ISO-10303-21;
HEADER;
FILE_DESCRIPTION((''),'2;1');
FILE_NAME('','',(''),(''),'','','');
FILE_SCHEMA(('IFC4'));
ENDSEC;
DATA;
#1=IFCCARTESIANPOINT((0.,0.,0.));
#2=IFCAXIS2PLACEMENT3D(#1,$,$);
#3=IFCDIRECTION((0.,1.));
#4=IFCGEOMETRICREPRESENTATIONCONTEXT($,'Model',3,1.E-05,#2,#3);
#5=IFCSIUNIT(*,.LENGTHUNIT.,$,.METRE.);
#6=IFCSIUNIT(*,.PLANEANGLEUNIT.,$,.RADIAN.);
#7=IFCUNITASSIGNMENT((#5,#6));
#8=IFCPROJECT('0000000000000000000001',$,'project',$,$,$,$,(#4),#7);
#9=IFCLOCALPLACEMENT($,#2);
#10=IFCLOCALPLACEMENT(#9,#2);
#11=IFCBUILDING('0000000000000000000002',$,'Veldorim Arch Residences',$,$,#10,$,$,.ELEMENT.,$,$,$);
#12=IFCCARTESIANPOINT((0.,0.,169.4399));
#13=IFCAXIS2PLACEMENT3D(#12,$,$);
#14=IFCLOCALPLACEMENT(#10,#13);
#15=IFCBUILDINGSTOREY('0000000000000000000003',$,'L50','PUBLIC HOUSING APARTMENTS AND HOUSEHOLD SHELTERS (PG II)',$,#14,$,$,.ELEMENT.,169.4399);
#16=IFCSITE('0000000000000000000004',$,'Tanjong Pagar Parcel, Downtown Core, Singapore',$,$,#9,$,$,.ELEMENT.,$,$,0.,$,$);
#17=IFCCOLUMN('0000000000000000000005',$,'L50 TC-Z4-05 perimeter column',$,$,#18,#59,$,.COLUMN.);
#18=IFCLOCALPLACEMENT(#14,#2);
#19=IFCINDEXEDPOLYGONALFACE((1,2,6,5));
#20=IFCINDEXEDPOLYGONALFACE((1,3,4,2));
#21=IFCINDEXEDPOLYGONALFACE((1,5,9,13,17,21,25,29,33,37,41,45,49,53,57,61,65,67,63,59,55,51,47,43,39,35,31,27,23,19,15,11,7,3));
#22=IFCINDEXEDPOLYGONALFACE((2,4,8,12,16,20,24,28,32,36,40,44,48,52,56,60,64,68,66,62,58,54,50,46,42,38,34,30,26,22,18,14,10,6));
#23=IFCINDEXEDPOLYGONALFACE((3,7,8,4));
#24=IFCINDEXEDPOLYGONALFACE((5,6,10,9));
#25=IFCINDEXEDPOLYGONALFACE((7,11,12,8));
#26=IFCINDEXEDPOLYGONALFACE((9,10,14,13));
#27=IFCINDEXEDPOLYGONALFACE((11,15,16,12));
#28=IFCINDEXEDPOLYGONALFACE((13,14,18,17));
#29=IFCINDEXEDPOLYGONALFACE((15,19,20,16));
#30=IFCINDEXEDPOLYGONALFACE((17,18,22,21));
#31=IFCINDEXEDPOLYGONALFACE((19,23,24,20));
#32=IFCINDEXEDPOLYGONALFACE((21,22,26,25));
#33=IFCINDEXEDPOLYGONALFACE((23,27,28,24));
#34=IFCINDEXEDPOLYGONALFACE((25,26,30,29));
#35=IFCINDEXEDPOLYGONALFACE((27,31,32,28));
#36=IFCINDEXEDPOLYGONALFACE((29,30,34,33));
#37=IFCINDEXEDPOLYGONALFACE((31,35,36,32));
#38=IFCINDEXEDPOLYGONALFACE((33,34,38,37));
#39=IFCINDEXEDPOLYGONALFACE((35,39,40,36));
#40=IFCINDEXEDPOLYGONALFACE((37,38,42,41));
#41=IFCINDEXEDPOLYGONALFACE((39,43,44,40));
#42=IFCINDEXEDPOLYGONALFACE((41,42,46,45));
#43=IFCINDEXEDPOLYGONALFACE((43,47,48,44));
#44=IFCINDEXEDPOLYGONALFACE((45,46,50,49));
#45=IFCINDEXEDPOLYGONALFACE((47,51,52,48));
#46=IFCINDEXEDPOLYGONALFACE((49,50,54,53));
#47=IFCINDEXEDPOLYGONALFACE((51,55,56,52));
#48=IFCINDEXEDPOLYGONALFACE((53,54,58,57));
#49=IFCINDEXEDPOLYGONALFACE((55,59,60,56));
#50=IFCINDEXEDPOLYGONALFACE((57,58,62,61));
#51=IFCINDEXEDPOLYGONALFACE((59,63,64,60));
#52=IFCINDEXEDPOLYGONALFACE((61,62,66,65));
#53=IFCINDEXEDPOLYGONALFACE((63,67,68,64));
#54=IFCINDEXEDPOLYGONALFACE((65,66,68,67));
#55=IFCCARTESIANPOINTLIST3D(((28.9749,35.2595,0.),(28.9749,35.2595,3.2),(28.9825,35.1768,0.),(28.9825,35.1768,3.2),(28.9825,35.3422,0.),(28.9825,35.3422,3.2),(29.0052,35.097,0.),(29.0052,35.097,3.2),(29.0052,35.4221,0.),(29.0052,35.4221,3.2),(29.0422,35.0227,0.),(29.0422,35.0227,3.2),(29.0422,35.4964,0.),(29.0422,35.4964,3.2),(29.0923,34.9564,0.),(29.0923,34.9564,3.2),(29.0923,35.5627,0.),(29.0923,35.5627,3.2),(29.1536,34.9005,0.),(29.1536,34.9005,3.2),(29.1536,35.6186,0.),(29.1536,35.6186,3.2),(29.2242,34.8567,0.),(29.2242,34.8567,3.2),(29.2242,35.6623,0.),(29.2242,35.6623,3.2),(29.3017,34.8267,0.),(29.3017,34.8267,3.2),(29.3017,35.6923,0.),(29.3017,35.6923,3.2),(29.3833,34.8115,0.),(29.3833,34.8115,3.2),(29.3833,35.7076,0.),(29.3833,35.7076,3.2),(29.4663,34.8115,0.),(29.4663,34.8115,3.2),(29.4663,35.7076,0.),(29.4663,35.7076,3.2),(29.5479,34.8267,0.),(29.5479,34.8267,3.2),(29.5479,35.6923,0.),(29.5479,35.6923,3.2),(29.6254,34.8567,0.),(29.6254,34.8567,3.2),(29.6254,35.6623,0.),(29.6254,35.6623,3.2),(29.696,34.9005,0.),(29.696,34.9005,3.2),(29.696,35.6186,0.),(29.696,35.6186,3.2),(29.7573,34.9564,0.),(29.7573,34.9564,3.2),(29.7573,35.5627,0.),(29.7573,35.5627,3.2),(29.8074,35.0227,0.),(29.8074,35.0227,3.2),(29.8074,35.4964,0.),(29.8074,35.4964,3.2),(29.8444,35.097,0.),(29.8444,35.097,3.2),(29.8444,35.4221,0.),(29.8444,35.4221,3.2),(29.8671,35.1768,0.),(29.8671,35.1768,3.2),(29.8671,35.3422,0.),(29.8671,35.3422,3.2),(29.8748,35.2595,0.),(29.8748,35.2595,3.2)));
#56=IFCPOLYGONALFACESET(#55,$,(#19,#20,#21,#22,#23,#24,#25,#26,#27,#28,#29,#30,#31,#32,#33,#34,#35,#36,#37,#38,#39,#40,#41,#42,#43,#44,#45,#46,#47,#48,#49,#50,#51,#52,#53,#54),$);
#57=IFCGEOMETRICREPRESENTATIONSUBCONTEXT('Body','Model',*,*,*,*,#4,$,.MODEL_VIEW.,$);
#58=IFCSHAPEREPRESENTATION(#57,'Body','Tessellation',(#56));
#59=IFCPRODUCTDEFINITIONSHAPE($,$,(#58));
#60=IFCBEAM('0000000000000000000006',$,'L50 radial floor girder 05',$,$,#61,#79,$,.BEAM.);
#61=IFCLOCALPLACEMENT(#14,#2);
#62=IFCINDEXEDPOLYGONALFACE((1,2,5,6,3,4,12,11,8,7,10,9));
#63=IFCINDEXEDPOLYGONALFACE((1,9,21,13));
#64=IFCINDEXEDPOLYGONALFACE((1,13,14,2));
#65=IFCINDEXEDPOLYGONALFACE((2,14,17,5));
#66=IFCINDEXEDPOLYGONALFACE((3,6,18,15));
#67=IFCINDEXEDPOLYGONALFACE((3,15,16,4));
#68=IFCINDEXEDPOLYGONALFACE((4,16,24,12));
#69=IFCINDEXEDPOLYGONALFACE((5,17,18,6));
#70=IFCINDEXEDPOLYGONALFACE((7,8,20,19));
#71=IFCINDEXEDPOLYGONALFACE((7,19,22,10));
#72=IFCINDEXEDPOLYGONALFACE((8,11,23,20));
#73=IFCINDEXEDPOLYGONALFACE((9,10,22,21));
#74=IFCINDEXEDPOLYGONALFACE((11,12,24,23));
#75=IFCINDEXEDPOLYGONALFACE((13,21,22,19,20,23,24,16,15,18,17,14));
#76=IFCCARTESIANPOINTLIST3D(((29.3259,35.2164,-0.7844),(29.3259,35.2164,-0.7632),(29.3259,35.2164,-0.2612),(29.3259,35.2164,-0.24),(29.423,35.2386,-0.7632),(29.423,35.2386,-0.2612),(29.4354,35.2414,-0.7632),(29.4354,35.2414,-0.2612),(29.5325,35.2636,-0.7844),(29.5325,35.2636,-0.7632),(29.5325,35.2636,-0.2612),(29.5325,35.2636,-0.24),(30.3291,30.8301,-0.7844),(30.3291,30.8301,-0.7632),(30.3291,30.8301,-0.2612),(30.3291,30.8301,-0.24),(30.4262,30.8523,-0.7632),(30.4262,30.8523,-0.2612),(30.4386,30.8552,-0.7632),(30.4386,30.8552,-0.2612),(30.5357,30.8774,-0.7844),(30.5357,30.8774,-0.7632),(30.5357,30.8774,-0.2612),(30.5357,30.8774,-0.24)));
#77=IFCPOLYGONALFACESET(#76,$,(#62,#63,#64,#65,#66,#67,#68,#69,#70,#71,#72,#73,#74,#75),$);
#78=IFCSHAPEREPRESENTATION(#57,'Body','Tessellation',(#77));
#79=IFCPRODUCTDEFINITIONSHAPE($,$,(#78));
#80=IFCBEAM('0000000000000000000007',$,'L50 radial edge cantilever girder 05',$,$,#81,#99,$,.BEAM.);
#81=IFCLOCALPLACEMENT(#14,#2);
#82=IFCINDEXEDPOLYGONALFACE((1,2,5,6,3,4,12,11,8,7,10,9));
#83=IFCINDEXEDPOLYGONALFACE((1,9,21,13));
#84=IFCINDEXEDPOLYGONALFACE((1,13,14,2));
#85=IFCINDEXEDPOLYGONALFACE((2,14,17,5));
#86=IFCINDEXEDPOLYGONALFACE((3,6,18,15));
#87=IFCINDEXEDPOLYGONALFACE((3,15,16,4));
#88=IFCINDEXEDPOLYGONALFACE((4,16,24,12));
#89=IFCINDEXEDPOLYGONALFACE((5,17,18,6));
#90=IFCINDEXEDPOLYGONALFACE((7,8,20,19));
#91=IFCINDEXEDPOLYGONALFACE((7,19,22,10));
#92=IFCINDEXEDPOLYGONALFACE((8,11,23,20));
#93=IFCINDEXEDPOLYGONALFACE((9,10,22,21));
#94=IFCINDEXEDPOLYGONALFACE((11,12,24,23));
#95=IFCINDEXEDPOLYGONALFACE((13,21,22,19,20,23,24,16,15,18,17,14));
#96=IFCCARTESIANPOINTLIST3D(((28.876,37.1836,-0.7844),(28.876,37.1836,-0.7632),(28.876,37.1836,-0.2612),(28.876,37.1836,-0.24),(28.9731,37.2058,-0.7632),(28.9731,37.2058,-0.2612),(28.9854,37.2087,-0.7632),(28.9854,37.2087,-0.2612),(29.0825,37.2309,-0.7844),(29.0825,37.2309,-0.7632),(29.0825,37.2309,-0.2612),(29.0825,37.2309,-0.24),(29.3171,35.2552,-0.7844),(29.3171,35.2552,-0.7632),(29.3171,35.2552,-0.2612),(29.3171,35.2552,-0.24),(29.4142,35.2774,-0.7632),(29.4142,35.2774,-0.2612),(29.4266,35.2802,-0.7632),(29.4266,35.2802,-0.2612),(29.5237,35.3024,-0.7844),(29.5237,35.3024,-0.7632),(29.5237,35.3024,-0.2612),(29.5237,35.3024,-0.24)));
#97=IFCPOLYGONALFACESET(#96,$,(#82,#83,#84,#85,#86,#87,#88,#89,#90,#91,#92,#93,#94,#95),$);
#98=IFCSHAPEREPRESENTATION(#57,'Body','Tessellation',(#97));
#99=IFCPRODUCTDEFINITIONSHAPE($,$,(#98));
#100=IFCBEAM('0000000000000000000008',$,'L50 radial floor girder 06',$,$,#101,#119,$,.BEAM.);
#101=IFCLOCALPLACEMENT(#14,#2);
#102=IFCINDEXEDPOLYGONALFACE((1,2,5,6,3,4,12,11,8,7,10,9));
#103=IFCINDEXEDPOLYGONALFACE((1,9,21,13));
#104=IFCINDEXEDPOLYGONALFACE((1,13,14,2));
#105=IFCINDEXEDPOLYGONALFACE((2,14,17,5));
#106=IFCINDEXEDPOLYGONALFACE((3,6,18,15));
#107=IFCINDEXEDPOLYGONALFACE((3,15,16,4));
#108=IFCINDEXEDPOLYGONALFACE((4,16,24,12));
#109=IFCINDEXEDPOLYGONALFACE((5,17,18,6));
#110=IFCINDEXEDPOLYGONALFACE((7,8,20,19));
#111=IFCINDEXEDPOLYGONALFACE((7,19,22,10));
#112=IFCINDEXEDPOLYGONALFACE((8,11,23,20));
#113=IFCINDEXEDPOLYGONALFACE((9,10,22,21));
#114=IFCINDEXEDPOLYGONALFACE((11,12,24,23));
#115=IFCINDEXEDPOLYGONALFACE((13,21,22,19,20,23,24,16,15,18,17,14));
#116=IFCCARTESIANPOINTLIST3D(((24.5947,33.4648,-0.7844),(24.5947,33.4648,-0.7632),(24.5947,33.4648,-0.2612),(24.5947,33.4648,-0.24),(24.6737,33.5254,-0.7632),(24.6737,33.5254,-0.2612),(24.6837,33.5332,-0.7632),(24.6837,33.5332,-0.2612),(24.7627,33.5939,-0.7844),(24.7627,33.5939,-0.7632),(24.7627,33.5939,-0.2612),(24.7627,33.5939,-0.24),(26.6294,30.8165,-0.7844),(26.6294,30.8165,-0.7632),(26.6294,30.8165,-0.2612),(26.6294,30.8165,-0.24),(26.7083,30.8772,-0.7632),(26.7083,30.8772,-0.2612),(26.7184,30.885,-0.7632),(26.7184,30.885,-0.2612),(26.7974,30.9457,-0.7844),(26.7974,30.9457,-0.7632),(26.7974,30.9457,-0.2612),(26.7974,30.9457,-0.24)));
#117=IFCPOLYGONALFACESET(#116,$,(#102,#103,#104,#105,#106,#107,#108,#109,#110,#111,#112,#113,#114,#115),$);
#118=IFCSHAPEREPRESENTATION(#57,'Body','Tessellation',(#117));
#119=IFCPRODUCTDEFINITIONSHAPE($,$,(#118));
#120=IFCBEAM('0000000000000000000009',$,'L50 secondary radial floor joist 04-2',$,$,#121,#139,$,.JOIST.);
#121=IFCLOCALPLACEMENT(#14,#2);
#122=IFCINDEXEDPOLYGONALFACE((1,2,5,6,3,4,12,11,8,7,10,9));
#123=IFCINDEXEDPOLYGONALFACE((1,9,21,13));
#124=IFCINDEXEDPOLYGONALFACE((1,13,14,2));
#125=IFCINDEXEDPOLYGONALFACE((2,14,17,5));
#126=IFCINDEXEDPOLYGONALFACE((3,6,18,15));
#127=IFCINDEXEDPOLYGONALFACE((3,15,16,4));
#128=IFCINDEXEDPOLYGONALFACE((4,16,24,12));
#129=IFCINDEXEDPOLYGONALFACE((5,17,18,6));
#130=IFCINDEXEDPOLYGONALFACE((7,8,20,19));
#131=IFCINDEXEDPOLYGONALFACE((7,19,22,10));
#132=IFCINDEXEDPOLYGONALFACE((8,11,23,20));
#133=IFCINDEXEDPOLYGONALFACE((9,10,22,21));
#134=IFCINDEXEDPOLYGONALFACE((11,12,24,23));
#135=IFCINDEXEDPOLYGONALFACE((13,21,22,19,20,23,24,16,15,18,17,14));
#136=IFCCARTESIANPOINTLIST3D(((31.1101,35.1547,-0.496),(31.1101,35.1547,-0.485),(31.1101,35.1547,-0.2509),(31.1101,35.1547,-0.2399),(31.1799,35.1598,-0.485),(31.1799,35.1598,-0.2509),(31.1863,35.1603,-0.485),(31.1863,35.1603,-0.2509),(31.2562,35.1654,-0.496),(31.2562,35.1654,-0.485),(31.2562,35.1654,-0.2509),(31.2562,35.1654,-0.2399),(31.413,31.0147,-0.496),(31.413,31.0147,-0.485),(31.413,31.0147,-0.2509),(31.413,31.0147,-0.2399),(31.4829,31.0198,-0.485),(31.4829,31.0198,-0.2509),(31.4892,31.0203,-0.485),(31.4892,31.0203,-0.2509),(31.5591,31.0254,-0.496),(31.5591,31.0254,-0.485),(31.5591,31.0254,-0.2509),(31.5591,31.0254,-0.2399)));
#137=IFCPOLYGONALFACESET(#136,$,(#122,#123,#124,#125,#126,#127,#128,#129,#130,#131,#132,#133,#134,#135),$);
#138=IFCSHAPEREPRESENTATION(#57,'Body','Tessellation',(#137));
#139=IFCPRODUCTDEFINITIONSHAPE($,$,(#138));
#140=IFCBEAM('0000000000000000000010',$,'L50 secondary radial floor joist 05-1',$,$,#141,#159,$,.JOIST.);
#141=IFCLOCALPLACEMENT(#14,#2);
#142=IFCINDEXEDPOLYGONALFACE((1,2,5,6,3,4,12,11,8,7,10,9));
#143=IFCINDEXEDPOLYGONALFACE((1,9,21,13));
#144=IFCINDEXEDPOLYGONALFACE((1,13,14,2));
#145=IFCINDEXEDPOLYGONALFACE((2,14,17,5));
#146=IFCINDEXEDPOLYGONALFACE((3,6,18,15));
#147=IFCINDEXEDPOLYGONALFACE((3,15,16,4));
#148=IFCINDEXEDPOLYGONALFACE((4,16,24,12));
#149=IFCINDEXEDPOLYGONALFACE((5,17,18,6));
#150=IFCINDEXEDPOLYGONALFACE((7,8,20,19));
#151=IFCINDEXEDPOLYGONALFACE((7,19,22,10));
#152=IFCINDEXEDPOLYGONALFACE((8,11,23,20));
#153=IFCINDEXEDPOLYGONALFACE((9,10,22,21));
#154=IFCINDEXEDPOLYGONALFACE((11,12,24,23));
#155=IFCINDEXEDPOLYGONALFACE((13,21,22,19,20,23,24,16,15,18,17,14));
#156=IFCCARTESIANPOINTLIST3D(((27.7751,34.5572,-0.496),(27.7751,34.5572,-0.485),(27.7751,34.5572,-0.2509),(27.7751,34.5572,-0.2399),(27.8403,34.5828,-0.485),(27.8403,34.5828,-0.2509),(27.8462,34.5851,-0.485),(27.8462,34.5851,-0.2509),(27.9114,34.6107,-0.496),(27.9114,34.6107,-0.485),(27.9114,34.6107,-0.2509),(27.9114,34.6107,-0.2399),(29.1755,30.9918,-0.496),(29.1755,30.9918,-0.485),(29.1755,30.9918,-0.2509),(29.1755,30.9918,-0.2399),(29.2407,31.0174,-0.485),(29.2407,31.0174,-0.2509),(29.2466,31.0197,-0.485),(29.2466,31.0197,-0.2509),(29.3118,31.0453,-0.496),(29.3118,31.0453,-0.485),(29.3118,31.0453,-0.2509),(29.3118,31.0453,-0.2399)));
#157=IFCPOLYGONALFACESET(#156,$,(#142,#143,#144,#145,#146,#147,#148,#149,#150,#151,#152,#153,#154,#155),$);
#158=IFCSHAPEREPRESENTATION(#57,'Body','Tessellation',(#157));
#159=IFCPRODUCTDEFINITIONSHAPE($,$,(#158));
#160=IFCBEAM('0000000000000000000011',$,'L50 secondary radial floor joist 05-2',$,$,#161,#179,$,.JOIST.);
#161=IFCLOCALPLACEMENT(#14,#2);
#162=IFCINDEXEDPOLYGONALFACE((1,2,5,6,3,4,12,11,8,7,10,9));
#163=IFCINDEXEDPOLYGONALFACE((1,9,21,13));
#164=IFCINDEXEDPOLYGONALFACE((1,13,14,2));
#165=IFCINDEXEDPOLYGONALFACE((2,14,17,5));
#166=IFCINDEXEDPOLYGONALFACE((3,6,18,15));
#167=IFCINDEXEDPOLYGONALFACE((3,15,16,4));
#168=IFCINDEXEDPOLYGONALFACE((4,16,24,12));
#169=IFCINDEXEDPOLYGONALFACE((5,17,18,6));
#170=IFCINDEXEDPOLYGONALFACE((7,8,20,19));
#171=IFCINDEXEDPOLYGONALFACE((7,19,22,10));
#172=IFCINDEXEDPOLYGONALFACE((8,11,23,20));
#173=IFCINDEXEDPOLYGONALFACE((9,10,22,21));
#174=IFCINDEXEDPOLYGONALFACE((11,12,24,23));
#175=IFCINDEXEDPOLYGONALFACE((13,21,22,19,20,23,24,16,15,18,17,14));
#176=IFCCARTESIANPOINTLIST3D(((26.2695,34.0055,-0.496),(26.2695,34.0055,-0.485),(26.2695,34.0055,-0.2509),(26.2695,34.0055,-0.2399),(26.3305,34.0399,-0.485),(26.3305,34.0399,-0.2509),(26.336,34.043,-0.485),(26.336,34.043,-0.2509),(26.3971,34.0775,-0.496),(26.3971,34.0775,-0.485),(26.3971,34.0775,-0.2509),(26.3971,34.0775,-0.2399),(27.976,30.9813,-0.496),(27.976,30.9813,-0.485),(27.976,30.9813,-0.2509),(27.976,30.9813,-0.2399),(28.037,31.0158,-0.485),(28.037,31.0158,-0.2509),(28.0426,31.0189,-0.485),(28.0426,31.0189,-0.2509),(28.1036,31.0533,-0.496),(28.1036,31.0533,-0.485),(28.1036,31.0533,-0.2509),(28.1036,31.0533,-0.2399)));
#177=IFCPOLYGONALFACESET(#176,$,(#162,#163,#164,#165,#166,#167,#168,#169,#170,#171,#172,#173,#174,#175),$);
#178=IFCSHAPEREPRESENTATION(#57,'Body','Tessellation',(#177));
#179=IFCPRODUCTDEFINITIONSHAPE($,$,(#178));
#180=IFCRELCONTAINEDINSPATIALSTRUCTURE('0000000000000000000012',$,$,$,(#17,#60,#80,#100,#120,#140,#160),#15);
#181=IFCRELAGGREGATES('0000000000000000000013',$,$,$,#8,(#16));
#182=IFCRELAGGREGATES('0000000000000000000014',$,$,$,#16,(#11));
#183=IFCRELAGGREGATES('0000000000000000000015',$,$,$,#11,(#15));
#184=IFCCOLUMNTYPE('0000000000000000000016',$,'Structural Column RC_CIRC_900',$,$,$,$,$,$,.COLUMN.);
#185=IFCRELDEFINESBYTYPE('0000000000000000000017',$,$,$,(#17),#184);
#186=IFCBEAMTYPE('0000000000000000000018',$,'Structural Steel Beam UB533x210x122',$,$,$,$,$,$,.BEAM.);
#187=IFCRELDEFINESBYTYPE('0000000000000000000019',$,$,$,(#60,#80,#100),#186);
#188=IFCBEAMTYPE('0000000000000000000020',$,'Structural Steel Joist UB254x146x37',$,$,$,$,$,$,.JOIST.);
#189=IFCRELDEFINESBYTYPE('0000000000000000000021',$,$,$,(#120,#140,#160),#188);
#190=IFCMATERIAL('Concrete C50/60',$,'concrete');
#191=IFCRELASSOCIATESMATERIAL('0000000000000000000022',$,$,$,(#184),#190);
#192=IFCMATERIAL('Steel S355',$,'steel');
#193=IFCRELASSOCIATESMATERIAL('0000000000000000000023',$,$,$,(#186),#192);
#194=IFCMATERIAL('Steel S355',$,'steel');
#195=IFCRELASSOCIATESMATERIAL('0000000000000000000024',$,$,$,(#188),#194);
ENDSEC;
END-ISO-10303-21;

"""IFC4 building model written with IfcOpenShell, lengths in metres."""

from ifc_helpers import new_model, si_unit, direction, frame, origin, origin_2d, place, context, subcontext, project, spatial, circle, i_section, extrude, material, material_profile, profile_set, type_object, element, save


model = new_model("IFC4")

# Units and contexts
model_context = context("Model", 3, precision=1e-05, world=origin(), true_north=direction((0.0, 1.0)))
body_context = subcontext(model_context, "Body", "Model", "MODEL_VIEW")
ifc_project = project(units=[si_unit("LENGTHUNIT", "METRE"), si_unit("PLANEANGLEUNIT", "RADIAN")], contexts=[model_context])

# Site, building, storey
site_placement = place(None, origin())
site = spatial("IfcSite", under=ifc_project, at=site_placement, Name="Tanjong Pagar Parcel, Downtown Core, Singapore", CompositionType="ELEMENT", RefElevation=0.0)
building_placement = place(site_placement, origin())
building = spatial("IfcBuilding", under=site, at=building_placement, Name="Veldorim Arch Residences", CompositionType="ELEMENT")
storey_placement = place(building_placement, frame((0.0, 0.0, 169.4399)))
storey = spatial("IfcBuildingStorey", under=building, at=storey_placement, Name="L50", Description="PUBLIC HOUSING APARTMENTS AND HOUSEHOLD SHELTERS (PG II)", CompositionType="ELEMENT", Elevation=169.4399)

# Column
ifc_material_1 = material(Name="Concrete C50/60", Category="concrete")
ifc_material_profile_1 = material_profile(ifc_material_1, circle(Radius=0.45, at=origin_2d()), Name="RC_CIRC_900")
ifc_profile_set_1 = profile_set([ifc_material_profile_1], Name="Concrete C50/60")
column_type = type_object("IfcColumnType", Name="Structural Column RC_CIRC_900", PredefinedType="COLUMN", material=ifc_profile_set_1)
column_placement = place(storey_placement, frame((29.4248, 35.2595, 0.0), z_axis=(0.0, 0.0, 1.0), x_axis=(1.0, 0.0, 0.0)))
element("IfcColumn", 1, at=column_placement, inside=storey, type_object=column_type, Name="L50 TC-Z4-05 perimeter column", PredefinedType="COLUMN", context=body_context, shape_type="SweptSolid", body=[
    extrude(circle(Radius=0.45, at=origin_2d()), origin(), (0.0, 0.0, 1.0), 3.2),
])

# Beams
ifc_material_2 = material(Name="Steel S355", Category="steel")
ifc_material_profile_2 = material_profile(ifc_material_2, i_section(OverallWidth=0.2119, OverallDepth=0.5444, WebThickness=0.0127, FlangeThickness=0.0212, at=origin_2d()), Name="UB533x210x122")
ifc_profile_set_2 = profile_set([ifc_material_profile_2], Name="Steel S355")
beam_type_1 = type_object("IfcBeamType", Name="Structural Steel Beam UB533x210x122", PredefinedType="BEAM", material=ifc_profile_set_2)
beam_1_placement = place(storey_placement, frame((30.4324, 30.8538, -0.5122), z_axis=(-0.222953, 0.974829, 0.0), x_axis=(-0.974829, -0.222953, 0.0)))
element("IfcBeam", 2, at=beam_1_placement, inside=storey, type_object=beam_type_1, Name="L50 radial floor girder 05", PredefinedType="BEAM", context=body_context, shape_type="SweptSolid", body=[
    extrude(i_section(OverallWidth=0.2119, OverallDepth=0.5444, WebThickness=0.0127, FlangeThickness=0.0212, at=origin_2d()), origin(), (0.0, 0.0, 1.0), 4.4995),
])
beam_2_placement = place(storey_placement, frame((29.4204, 35.2788, -0.5122), z_axis=(-0.223002, 0.974818, 0.0), x_axis=(-0.974818, -0.223002, 0.0)))
element("IfcBeam", 3, at=beam_2_placement, inside=storey, type_object=beam_type_1, Name="L50 radial edge cantilever girder 05", PredefinedType="BEAM", context=body_context, shape_type="SweptSolid", body=[
    extrude(i_section(OverallWidth=0.2119, OverallDepth=0.5444, WebThickness=0.0127, FlangeThickness=0.0212, at=origin_2d()), origin(), (0.0, 0.0, 1.0), 1.9783),
])
beam_3_placement = place(storey_placement, frame((26.7134, 30.8811, -0.5122), z_axis=(-0.609258, 0.792972, 0.0), x_axis=(-0.792972, -0.609258, 0.0)))
element("IfcBeam", 4, at=beam_3_placement, inside=storey, type_object=beam_type_1, Name="L50 radial floor girder 06", PredefinedType="BEAM", context=body_context, shape_type="SweptSolid", body=[
    extrude(i_section(OverallWidth=0.2119, OverallDepth=0.5444, WebThickness=0.0127, FlangeThickness=0.0212, at=origin_2d()), origin(), (0.0, 0.0, 1.0), 3.3396),
])
ifc_material_3 = material(Name="Steel S355", Category="steel")
ifc_material_profile_3 = material_profile(ifc_material_3, i_section(OverallWidth=0.1465, OverallDepth=0.2561, WebThickness=0.0063, FlangeThickness=0.011, at=origin_2d()), Name="UB254x146x37")
ifc_profile_set_3 = profile_set([ifc_material_profile_3], Name="Steel S355")
beam_type_2 = type_object("IfcBeamType", Name="Structural Steel Joist UB254x146x37", PredefinedType="JOIST", material=ifc_profile_set_3)
beam_4_placement = place(storey_placement, frame((31.4861, 31.02, -0.3679), z_axis=(-0.072986, 0.997333, 0.0), x_axis=(-0.997333, -0.072986, 0.0)))
element("IfcBeam", 5, at=beam_4_placement, inside=storey, type_object=beam_type_2, Name="L50 secondary radial floor joist 04-2", PredefinedType="JOIST", context=body_context, shape_type="SweptSolid", body=[
    extrude(i_section(OverallWidth=0.1465, OverallDepth=0.2561, WebThickness=0.0063, FlangeThickness=0.011, at=origin_2d()), origin(), (0.0, 0.0, 1.0), 4.1511),
])
beam_5_placement = place(storey_placement, frame((29.2437, 31.0186, -0.3679), z_axis=(-0.365581, 0.930779, 0.0), x_axis=(-0.930779, -0.365581, 0.0)))
element("IfcBeam", 6, at=beam_5_placement, inside=storey, type_object=beam_type_2, Name="L50 secondary radial floor joist 05-1", PredefinedType="JOIST", context=body_context, shape_type="SweptSolid", body=[
    extrude(i_section(OverallWidth=0.1465, OverallDepth=0.2561, WebThickness=0.0063, FlangeThickness=0.011, at=origin_2d()), origin(), (0.0, 0.0, 1.0), 3.8306),
])
beam_6_placement = place(storey_placement, frame((28.0398, 31.0173, -0.3679), z_axis=(-0.491452, 0.870904, 0.0), x_axis=(-0.870904, -0.491452, 0.0)))
element("IfcBeam", 7, at=beam_6_placement, inside=storey, type_object=beam_type_2, Name="L50 secondary radial floor joist 05-2", PredefinedType="JOIST", context=body_context, shape_type="SweptSolid", body=[
    extrude(i_section(OverallWidth=0.1465, OverallDepth=0.2561, WebThickness=0.0063, FlangeThickness=0.011, at=origin_2d()), origin(), (0.0, 0.0, 1.0), 3.4724),
])

save(model, "model.ifc")
